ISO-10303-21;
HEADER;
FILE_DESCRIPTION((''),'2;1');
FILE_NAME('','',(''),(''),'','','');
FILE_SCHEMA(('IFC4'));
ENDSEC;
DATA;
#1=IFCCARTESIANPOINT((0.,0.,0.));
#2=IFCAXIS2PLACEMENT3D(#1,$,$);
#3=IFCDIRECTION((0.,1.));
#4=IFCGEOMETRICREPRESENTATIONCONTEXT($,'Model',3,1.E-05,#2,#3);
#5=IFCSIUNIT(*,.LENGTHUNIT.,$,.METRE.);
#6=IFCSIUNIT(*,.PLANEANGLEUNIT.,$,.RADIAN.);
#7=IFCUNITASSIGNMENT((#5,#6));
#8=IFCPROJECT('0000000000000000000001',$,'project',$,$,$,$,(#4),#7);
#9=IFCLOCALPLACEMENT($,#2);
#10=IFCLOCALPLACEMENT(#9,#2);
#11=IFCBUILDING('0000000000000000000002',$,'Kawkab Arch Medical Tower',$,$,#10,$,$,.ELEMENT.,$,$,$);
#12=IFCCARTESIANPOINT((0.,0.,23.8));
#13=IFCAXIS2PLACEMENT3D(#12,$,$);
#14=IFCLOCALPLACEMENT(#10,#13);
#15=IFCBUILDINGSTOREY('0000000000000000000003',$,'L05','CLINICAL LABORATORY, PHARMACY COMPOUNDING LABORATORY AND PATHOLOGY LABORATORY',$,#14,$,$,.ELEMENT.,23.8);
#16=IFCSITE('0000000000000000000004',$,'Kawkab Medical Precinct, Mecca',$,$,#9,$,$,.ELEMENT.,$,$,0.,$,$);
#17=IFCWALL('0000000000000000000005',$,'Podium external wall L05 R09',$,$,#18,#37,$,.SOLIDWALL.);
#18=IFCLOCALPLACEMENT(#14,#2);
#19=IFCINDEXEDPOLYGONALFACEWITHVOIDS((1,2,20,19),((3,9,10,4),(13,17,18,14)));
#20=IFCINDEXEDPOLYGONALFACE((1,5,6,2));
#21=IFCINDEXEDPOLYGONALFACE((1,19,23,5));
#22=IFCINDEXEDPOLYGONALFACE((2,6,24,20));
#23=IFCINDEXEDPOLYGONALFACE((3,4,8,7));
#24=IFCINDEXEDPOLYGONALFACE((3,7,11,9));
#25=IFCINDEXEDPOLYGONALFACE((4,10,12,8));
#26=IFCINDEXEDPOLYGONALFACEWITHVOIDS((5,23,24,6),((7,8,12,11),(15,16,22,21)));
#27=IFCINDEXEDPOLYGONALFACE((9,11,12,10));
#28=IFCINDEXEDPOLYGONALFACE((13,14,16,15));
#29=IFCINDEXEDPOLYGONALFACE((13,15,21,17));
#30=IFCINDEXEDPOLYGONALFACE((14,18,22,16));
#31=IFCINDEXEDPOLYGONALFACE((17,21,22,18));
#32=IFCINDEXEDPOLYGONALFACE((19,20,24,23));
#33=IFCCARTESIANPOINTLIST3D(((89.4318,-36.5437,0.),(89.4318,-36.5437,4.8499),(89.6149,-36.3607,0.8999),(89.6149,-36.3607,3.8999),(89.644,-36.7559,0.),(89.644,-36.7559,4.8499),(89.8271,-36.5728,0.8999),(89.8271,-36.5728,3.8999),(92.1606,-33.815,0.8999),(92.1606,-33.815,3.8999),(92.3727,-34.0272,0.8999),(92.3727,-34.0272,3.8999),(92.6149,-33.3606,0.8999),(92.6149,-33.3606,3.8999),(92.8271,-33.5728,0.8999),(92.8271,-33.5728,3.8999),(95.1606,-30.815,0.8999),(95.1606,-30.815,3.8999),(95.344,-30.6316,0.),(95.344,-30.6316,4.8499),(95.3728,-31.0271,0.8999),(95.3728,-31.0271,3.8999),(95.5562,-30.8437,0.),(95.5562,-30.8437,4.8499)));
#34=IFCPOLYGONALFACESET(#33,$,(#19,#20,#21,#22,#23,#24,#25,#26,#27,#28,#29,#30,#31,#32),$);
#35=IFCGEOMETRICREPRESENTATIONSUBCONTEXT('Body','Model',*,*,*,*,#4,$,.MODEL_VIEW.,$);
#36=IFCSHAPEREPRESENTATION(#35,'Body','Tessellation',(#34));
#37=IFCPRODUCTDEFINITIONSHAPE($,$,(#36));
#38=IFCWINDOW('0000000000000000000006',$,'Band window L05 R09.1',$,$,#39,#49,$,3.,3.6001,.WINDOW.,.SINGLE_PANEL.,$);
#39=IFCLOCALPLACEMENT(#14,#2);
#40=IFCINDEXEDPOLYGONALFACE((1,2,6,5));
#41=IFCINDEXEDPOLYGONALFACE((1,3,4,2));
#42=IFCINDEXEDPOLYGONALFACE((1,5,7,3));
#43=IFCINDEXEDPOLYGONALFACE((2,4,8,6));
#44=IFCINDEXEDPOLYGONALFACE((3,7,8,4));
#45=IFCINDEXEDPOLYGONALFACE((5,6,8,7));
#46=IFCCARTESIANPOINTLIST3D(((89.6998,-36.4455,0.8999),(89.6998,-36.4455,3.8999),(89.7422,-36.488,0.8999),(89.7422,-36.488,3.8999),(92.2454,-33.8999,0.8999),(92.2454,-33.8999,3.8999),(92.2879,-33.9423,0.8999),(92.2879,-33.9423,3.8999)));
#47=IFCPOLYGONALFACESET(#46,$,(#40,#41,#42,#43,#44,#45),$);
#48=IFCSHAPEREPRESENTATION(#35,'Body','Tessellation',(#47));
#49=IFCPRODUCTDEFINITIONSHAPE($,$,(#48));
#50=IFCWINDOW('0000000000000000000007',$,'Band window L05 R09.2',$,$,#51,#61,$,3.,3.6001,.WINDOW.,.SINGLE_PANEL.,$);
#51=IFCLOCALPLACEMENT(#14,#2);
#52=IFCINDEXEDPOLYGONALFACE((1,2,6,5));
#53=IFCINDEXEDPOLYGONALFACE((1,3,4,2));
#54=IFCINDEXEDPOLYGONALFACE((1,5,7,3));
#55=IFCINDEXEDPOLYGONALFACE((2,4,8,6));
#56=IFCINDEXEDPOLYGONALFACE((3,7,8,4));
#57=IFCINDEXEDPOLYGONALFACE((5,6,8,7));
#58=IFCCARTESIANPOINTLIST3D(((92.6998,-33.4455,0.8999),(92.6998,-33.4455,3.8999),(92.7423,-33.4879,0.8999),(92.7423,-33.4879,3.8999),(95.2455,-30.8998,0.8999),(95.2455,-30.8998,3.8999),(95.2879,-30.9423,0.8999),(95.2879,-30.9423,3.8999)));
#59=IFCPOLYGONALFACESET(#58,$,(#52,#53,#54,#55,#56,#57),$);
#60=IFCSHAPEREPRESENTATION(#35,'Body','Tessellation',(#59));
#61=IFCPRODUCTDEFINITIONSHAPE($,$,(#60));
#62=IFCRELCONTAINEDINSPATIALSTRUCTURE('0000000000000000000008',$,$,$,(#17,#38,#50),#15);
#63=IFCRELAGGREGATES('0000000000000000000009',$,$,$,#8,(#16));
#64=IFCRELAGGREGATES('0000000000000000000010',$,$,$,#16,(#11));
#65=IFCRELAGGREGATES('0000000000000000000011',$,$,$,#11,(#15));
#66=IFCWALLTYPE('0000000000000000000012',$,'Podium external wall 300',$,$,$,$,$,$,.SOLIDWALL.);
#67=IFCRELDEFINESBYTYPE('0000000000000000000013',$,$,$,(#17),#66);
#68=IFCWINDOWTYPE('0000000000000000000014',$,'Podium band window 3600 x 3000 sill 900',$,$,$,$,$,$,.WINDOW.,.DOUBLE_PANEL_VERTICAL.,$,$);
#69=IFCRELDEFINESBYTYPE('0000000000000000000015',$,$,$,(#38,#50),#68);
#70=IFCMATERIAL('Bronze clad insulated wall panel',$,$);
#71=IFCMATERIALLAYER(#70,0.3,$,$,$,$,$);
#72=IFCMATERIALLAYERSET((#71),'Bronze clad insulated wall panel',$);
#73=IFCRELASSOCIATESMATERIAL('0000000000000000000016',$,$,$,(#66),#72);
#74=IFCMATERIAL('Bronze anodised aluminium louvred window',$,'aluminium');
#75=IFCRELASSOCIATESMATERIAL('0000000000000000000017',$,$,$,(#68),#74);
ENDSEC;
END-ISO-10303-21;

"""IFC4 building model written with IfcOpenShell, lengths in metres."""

from ifc_helpers import new_model, si_unit, direction, frame, frame_2d, origin, place, context, subcontext, project, spatial, rectangle, extrude, material, layer, layer_set, type_object, element, fill, save


model = new_model("IFC4")

# Units and contexts
model_context = context("Model", 3, precision=1e-05, world=origin(), true_north=direction((0.0, 1.0)))
body_context = subcontext(model_context, "Body", "Model", "MODEL_VIEW")
ifc_project = project(units=[si_unit("LENGTHUNIT", "METRE"), si_unit("PLANEANGLEUNIT", "RADIAN")], contexts=[model_context])

# Site, building, storey
site_placement = place(None, origin())
site = spatial("IfcSite", under=ifc_project, at=site_placement, Name="Kawkab Medical Precinct, Mecca", CompositionType="ELEMENT", RefElevation=0.0)
building_placement = place(site_placement, origin())
building = spatial("IfcBuilding", under=site, at=building_placement, Name="Kawkab Arch Medical Tower", CompositionType="ELEMENT")
storey_placement = place(building_placement, frame((0.0, 0.0, 23.8)))
storey = spatial("IfcBuildingStorey", under=building, at=storey_placement, Name="L05", Description="CLINICAL LABORATORY, PHARMACY COMPOUNDING LABORATORY AND PATHOLOGY LABORATORY", CompositionType="ELEMENT", Elevation=23.8)

# Wall, openings, windows
ifc_material_1 = material(Name="Bronze clad insulated wall panel")
ifc_layer_1 = layer(ifc_material_1, 0.3)
ifc_layer_set_1 = layer_set([ifc_layer_1], Name="Bronze clad insulated wall panel")
wall_type_1 = type_object("IfcWallType", Name="Podium external wall 300", PredefinedType="SOLIDWALL", material=ifc_layer_set_1)
wall_1_placement = place(storey_placement, frame((89.5378, -36.6499, 0.0), z_axis=(0.0, 0.0, 1.0), x_axis=(0.707107, 0.707107, 0.0)))
wall_1 = element("IfcWall", 1, at=wall_1_placement, inside=storey, type_object=wall_type_1, Name="Podium external wall L05 R09", PredefinedType="SOLIDWALL", context=body_context, shape_type="SweptSolid", body=[
    extrude(rectangle(XDim=8.3611, YDim=0.3, at=frame_2d((4.1807, 0.0))), origin(), (0.0, 0.0, 1.0), 4.8499),
])
opening_1_placement = place(wall_1_placement, frame((0.259, 0.0, 0.8999)))
opening_1 = element("IfcOpeningElement", 2, at=opening_1_placement, cuts=wall_1, PredefinedType="OPENING", context=body_context, shape_type="SweptSolid", body=[
    extrude(rectangle(XDim=3.6001, YDim=3.0, at=frame_2d((1.8, 1.5))), frame((0.0, 0.1599, 0.0), z_axis=(0.0, -1.0, 0.0), x_axis=(1.0, 0.0, 0.0)), (0.0, 0.0, 1.0), 0.3201),
])
opening_2_placement = place(wall_1_placement, frame((4.5017, 0.0, 0.8999)))
opening_2 = element("IfcOpeningElement", 3, at=opening_2_placement, cuts=wall_1, PredefinedType="OPENING", context=body_context, shape_type="SweptSolid", body=[
    extrude(rectangle(XDim=3.6001, YDim=3.0, at=frame_2d((1.8, 1.5))), frame((0.0, 0.1599, 0.0), z_axis=(0.0, -1.0, 0.0), x_axis=(1.0, 0.0, 0.0)), (0.0, 0.0, 1.0), 0.3201),
])
ifc_material_2 = material(Name="Bronze anodised aluminium louvred window", Category="aluminium")
window_type_1 = type_object("IfcWindowType", Name="Podium band window 3600 x 3000 sill 900", PartitioningType="DOUBLE_PANEL_VERTICAL", PredefinedType="WINDOW", material=ifc_material_2)
window_1_placement = place(opening_1_placement, origin())
window_1 = element("IfcWindow", 4, at=window_1_placement, inside=storey, type_object=window_type_1, Name="Band window L05 R09.1", OverallHeight=3.0, OverallWidth=3.6001, PartitioningType="SINGLE_PANEL", PredefinedType="WINDOW", context=body_context, shape_type="SweptSolid", body=[
    extrude(rectangle(XDim=3.6001, YDim=3.0, at=frame_2d((1.8, 1.5))), frame((0.0, 0.03, 0.0), z_axis=(0.0, -1.0, 0.0), x_axis=(1.0, 0.0, 0.0)), (0.0, 0.0, 1.0), 0.0601),
])
fill(opening_1, window_1)
window_2_placement = place(opening_2_placement, origin())
window_2 = element("IfcWindow", 5, at=window_2_placement, inside=storey, type_object=window_type_1, Name="Band window L05 R09.2", OverallHeight=3.0, OverallWidth=3.6001, PartitioningType="SINGLE_PANEL", PredefinedType="WINDOW", context=body_context, shape_type="SweptSolid", body=[
    extrude(rectangle(XDim=3.6001, YDim=3.0, at=frame_2d((1.8, 1.5))), frame((0.0, 0.03, 0.0), z_axis=(0.0, -1.0, 0.0), x_axis=(1.0, 0.0, 0.0)), (0.0, 0.0, 1.0), 0.0601),
])
fill(opening_2, window_2)

save(model, "model.ifc")
